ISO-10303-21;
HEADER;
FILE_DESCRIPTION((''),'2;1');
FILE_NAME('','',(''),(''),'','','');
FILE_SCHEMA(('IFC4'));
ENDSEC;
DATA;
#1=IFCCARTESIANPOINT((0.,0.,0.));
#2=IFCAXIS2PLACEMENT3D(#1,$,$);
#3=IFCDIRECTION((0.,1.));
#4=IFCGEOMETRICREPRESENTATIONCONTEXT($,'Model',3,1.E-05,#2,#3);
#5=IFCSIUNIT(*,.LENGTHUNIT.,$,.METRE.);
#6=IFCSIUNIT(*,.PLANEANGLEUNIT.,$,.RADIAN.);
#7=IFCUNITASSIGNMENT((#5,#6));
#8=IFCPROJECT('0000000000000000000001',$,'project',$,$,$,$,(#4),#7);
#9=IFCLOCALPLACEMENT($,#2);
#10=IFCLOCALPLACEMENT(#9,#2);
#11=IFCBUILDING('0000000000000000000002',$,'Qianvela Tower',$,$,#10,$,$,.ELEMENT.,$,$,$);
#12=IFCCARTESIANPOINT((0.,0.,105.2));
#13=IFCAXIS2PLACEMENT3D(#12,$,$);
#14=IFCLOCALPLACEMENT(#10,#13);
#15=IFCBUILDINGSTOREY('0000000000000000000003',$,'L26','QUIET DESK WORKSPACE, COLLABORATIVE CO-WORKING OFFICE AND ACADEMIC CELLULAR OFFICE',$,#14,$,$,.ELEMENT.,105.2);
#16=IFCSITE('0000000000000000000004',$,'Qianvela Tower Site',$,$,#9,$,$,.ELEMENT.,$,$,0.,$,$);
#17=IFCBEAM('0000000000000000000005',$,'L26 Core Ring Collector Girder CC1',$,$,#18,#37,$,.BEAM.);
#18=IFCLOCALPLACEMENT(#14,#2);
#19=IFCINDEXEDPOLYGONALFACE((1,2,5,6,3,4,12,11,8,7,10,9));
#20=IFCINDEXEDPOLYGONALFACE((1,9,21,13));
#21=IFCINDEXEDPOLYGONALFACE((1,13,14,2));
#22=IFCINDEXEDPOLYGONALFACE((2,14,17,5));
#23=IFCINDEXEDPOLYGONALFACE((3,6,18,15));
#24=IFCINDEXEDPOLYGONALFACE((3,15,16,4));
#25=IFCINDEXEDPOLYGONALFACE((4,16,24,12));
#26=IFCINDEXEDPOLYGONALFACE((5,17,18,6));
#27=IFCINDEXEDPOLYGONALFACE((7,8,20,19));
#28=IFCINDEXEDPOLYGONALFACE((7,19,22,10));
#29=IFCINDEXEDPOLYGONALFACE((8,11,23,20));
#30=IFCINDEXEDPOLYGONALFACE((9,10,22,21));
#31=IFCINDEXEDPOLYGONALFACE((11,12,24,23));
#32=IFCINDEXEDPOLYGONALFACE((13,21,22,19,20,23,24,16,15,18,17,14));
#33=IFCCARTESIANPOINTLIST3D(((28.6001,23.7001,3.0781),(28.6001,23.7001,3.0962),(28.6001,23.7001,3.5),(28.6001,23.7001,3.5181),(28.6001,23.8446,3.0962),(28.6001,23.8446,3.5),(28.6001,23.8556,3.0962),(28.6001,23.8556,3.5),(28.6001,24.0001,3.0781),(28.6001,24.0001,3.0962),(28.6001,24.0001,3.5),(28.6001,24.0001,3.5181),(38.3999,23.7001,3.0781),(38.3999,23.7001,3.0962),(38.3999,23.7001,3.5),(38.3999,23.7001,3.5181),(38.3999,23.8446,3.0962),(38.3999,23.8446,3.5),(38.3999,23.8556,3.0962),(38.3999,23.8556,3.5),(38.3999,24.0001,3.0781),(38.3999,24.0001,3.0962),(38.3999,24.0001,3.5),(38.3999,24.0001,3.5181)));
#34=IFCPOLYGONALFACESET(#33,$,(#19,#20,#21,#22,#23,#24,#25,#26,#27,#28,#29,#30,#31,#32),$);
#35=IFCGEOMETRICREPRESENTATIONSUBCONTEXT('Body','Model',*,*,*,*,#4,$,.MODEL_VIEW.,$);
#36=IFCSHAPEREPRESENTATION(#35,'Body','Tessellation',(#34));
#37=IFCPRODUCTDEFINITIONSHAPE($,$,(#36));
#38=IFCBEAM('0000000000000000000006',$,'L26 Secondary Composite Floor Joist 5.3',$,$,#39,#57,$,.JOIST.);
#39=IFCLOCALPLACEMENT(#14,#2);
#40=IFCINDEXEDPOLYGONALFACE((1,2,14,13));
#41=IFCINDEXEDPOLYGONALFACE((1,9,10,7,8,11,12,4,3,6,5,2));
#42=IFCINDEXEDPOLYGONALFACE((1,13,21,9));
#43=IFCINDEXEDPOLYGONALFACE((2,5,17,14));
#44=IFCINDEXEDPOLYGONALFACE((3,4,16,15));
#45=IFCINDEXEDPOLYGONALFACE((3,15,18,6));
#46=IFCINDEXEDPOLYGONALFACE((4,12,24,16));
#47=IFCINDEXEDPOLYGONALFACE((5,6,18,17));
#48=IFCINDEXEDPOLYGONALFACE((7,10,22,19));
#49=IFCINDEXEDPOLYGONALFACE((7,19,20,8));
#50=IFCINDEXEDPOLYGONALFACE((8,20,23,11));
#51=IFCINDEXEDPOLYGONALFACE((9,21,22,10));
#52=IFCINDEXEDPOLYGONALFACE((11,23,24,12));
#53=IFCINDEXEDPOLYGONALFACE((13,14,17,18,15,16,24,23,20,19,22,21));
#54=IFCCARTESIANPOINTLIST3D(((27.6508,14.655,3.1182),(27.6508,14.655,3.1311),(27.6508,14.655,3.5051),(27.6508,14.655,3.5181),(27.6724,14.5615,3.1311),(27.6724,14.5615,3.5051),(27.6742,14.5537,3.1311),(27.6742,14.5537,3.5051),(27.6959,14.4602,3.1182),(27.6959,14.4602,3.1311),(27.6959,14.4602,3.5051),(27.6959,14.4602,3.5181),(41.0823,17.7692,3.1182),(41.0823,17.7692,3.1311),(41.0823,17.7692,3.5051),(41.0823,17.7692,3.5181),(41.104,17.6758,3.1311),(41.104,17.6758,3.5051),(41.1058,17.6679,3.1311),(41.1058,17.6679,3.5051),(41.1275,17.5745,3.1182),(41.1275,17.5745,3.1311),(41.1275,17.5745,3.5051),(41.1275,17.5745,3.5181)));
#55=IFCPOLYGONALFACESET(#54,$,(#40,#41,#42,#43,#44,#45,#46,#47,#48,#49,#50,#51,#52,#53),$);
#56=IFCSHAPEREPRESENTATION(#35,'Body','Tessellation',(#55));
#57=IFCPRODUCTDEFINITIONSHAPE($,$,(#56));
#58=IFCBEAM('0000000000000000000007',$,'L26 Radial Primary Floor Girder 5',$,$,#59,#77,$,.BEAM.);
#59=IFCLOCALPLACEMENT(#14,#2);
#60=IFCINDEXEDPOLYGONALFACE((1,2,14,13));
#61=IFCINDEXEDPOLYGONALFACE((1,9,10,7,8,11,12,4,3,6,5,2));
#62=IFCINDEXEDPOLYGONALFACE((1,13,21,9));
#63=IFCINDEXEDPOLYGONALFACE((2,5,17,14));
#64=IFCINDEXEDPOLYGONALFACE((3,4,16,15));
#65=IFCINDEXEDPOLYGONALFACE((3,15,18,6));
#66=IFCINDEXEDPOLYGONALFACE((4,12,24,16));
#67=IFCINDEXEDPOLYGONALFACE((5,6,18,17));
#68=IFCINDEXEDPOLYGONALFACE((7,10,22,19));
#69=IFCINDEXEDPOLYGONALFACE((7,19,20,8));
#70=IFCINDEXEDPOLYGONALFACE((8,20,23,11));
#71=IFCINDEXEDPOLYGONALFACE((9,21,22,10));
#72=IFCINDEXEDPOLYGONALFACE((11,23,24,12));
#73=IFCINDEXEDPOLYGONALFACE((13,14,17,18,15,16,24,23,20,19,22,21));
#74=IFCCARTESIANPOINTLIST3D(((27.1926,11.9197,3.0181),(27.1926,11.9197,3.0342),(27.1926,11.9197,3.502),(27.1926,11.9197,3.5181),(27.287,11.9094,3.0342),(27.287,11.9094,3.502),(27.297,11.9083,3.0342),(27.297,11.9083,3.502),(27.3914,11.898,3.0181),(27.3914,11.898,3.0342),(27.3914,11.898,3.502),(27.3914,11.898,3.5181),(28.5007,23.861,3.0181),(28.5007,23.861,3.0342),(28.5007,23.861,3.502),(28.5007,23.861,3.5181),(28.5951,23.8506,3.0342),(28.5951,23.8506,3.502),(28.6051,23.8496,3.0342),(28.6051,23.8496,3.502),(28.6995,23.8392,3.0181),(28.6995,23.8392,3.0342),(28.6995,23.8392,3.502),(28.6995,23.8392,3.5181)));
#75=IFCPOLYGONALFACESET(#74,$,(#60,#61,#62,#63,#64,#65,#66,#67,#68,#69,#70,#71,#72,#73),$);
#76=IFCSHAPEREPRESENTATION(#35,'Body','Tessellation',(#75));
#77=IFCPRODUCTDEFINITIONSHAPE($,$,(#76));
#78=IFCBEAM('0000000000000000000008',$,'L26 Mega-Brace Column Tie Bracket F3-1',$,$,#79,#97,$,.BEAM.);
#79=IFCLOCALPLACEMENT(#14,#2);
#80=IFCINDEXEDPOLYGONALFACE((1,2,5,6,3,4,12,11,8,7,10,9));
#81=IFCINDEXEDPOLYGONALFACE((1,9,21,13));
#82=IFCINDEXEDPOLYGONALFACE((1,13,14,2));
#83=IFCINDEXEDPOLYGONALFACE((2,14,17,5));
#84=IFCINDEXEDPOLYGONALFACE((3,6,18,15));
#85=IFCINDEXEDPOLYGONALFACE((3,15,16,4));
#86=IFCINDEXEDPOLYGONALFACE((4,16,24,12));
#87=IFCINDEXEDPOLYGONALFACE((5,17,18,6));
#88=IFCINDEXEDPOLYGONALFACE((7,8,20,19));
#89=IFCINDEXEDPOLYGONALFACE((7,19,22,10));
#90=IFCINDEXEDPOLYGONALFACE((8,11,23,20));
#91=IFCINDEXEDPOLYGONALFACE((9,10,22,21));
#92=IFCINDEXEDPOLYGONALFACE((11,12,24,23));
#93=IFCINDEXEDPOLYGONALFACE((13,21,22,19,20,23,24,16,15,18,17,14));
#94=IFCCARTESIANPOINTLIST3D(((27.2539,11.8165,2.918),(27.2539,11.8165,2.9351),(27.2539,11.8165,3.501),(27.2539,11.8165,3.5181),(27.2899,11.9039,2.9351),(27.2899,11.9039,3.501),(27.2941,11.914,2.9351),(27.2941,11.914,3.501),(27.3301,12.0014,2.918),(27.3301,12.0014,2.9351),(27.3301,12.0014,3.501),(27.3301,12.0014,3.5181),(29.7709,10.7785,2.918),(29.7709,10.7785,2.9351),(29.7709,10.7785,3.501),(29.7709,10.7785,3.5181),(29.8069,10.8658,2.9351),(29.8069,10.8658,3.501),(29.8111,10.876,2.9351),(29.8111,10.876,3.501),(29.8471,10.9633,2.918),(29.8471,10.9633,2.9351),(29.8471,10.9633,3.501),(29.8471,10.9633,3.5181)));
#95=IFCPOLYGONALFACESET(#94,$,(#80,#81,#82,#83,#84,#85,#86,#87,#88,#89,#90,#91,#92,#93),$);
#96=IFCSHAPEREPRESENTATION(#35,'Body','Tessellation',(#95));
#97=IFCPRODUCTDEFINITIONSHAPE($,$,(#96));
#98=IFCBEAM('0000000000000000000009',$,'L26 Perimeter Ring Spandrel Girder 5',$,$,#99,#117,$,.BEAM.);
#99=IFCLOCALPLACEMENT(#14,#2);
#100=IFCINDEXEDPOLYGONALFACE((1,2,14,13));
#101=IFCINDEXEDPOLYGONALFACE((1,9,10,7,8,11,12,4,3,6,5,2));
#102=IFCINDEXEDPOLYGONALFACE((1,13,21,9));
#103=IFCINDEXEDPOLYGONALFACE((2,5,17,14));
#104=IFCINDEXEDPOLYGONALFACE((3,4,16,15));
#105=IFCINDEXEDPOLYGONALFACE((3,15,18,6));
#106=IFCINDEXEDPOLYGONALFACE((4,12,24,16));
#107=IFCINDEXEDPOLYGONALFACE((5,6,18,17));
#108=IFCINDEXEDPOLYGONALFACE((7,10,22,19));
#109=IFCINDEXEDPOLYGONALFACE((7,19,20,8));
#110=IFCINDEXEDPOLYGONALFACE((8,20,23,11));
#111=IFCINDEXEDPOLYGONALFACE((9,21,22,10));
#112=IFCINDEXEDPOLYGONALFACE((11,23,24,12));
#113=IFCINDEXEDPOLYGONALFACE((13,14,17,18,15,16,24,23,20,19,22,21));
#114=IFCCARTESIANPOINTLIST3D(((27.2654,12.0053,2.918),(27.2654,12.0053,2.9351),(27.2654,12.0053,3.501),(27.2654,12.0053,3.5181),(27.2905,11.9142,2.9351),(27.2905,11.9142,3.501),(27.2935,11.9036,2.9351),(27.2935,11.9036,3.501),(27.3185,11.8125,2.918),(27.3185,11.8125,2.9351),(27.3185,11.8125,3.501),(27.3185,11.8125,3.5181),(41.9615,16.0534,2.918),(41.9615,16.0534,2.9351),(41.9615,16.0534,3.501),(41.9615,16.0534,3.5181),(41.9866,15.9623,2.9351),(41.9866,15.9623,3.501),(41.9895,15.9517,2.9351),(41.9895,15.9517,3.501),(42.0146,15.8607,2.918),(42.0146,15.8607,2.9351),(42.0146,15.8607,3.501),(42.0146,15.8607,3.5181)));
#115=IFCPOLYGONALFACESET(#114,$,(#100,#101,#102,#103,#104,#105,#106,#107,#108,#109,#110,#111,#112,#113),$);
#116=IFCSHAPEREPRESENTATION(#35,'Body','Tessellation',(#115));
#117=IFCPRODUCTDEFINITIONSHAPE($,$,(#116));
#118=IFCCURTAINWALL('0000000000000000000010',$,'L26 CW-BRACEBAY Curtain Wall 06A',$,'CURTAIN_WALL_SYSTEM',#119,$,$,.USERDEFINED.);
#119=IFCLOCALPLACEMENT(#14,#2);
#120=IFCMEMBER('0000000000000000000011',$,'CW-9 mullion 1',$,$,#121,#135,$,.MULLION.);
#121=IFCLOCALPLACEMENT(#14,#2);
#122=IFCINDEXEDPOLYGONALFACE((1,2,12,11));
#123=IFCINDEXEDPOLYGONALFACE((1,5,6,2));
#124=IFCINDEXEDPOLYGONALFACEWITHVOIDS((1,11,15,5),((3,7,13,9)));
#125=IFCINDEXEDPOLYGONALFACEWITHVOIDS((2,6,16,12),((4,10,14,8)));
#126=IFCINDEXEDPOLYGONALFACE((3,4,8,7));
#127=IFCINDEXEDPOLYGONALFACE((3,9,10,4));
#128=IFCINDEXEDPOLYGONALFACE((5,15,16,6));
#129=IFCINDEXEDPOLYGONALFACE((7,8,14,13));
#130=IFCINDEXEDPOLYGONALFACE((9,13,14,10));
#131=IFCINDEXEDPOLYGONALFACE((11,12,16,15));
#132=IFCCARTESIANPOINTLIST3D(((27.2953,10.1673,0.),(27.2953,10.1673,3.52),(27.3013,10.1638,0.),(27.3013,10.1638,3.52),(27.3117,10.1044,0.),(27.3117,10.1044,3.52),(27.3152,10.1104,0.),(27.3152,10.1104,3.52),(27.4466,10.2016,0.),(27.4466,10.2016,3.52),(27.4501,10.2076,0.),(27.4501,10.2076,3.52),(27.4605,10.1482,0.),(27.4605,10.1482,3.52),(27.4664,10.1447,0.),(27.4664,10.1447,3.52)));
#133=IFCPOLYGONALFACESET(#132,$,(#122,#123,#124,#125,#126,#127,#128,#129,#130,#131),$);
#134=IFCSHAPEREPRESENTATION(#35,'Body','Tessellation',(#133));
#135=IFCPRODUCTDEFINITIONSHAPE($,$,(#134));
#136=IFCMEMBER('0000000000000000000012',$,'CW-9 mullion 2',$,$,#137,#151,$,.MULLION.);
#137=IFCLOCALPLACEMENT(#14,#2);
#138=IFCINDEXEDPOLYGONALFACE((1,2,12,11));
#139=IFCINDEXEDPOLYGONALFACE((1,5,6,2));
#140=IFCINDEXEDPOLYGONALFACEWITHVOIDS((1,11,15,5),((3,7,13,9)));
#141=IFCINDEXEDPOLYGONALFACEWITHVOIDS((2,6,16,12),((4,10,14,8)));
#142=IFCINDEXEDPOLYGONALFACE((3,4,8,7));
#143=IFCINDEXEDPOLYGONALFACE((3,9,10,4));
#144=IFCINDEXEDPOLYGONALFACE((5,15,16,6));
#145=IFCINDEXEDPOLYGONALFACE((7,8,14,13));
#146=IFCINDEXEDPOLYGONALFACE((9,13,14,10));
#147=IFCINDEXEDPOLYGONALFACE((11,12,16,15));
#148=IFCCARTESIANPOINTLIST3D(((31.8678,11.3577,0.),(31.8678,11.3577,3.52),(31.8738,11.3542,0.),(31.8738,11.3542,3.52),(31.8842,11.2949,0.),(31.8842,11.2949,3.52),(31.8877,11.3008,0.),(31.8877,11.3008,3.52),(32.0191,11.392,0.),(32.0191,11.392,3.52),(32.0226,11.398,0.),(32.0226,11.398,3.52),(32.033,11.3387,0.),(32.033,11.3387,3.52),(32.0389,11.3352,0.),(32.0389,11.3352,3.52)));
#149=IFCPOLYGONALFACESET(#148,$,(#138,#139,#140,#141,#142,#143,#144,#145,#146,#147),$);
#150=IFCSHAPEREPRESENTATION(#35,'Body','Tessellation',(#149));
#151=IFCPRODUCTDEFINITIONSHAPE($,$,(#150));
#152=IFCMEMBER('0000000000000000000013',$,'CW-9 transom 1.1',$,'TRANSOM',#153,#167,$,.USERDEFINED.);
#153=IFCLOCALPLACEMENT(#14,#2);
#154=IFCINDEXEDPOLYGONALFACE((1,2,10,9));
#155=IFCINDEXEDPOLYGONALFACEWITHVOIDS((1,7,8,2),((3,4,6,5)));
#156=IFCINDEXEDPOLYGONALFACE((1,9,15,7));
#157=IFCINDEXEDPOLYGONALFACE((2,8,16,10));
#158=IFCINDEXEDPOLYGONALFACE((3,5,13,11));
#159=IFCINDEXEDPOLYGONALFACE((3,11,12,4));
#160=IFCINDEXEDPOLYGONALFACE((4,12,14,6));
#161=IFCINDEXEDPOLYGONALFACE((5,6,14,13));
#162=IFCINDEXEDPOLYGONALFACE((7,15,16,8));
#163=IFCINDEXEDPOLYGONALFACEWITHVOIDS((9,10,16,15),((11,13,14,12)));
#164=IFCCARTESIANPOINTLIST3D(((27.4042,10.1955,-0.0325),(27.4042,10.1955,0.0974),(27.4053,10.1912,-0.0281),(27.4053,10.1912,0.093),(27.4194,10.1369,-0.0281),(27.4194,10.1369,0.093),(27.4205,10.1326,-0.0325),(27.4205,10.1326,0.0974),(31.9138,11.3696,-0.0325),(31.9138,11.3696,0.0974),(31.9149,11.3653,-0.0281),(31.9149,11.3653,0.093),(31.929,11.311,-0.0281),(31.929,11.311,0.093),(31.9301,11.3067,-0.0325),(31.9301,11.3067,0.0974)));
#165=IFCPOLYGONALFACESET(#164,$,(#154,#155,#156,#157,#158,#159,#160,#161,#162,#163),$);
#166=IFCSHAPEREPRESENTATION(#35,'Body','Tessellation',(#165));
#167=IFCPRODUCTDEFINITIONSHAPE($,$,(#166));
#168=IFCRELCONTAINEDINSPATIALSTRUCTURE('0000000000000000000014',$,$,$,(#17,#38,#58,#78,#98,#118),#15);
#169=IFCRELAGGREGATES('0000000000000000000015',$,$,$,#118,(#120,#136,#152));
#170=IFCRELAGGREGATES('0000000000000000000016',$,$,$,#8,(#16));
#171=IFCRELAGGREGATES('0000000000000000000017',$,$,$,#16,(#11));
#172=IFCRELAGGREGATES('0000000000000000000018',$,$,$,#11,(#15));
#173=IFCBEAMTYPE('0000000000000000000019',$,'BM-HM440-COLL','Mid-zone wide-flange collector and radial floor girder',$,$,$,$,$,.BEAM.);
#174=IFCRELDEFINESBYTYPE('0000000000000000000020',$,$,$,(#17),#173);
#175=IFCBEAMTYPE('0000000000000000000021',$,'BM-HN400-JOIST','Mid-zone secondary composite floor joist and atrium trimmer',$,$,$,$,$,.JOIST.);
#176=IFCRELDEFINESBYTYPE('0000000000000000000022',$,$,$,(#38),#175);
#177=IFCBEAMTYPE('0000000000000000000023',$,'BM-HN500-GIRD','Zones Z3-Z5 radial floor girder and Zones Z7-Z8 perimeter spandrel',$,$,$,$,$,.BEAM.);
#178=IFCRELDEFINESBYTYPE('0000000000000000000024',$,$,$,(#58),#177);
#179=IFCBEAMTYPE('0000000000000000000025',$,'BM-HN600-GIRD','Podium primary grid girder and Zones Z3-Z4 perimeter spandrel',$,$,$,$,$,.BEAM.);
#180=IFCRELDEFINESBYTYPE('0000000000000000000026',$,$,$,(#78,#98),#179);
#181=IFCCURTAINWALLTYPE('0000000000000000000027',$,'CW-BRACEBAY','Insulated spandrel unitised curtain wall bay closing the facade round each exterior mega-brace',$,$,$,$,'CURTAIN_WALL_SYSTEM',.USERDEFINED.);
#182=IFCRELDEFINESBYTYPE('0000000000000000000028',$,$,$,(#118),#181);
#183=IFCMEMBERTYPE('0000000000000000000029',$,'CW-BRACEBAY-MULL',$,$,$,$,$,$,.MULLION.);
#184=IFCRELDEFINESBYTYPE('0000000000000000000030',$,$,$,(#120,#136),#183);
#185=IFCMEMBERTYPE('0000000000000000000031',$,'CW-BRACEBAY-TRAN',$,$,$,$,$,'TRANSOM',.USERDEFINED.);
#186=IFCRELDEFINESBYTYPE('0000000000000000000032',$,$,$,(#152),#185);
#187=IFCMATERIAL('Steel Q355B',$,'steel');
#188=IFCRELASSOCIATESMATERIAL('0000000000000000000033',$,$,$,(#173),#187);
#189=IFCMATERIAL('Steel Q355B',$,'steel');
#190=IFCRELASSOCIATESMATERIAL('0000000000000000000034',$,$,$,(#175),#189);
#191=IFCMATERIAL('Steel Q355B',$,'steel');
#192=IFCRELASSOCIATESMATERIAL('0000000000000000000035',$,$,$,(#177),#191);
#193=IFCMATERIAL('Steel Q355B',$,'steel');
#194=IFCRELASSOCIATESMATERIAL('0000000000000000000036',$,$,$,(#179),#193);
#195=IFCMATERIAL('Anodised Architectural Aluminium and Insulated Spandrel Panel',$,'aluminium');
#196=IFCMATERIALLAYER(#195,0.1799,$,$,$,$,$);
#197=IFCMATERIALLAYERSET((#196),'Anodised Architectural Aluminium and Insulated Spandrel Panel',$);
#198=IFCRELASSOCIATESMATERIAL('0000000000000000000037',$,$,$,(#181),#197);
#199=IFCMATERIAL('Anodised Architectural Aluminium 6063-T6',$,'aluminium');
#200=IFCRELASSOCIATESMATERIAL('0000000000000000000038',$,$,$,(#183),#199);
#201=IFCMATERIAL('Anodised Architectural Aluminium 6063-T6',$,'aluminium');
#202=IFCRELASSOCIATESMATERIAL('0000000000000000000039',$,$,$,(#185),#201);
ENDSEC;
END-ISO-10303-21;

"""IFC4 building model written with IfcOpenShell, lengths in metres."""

from ifc_helpers import new_model, si_unit, direction, frame, origin, origin_2d, place, context, subcontext, project, spatial, hollow_rectangle, i_section, extrude, material, layer, layer_set, material_profile, profile_set, type_object, element, aggregate, save


model = new_model("IFC4")

# Units and contexts
model_context = context("Model", 3, precision=1e-05, world=origin(), true_north=direction((0.0, 1.0)))
body_context = subcontext(model_context, "Body", "Model", "MODEL_VIEW")
ifc_project = project(units=[si_unit("LENGTHUNIT", "METRE"), si_unit("PLANEANGLEUNIT", "RADIAN")], contexts=[model_context])

# Site, building, storey
site_placement = place(None, origin())
site = spatial("IfcSite", under=ifc_project, at=site_placement, Name="Qianvela Tower Site", CompositionType="ELEMENT", RefElevation=0.0)
building_placement = place(site_placement, origin())
building = spatial("IfcBuilding", under=site, at=building_placement, Name="Qianvela Tower", CompositionType="ELEMENT")
storey_placement = place(building_placement, frame((0.0, 0.0, 105.2)))
storey = spatial("IfcBuildingStorey", under=building, at=storey_placement, Name="L26", Description="QUIET DESK WORKSPACE, COLLABORATIVE CO-WORKING OFFICE AND ACADEMIC CELLULAR OFFICE", CompositionType="ELEMENT", Elevation=105.2)

# Beams
ifc_material_1 = material(Name="Steel Q355B", Category="steel")
ifc_material_profile_1 = material_profile(ifc_material_1, i_section(OverallWidth=0.3, OverallDepth=0.4399, WebThickness=0.011, FlangeThickness=0.0181, at=origin_2d()), Name="HM440x300x11x18")
ifc_profile_set_1 = profile_set([ifc_material_profile_1], Name="Steel Q355B")
beam_type_1 = type_object("IfcBeamType", Name="BM-HM440-COLL", Description="Mid-zone wide-flange collector and radial floor girder", PredefinedType="BEAM", material=ifc_profile_set_1)
beam_1_placement = place(storey_placement, frame((28.6001, 23.8501, 3.2981), z_axis=(1.0, 0.0, 0.0), x_axis=(0.0, 1.0, 0.0)))
element("IfcBeam", 1, at=beam_1_placement, inside=storey, type_object=beam_type_1, Name="L26 Core Ring Collector Girder CC1", PredefinedType="BEAM", context=body_context, shape_type="SweptSolid", body=[
    extrude(i_section(OverallWidth=0.3, OverallDepth=0.4399, WebThickness=0.011, FlangeThickness=0.0181, at=origin_2d()), origin(), (0.0, 0.0, 1.0), 9.7998),
])
ifc_material_2 = material(Name="Steel Q355B", Category="steel")
ifc_material_profile_2 = material_profile(ifc_material_2, i_section(OverallWidth=0.2, OverallDepth=0.3999, WebThickness=0.0081, FlangeThickness=0.0129, at=origin_2d()), Name="HN400x200x8x13")
ifc_profile_set_2 = profile_set([ifc_material_profile_2], Name="Steel Q355B")
beam_type_2 = type_object("IfcBeamType", Name="BM-HN400-JOIST", Description="Mid-zone secondary composite floor joist and atrium trimmer", PredefinedType="JOIST", material=ifc_profile_set_2)
beam_2_placement = place(storey_placement, frame((27.6733, 14.5576, 3.3181), z_axis=(0.974158, 0.225868, 0.0), x_axis=(-0.225868, 0.974158, 0.0)))
element("IfcBeam", 2, at=beam_2_placement, inside=storey, type_object=beam_type_2, Name="L26 Secondary Composite Floor Joist 5.3", PredefinedType="JOIST", context=body_context, shape_type="SweptSolid", body=[
    extrude(i_section(OverallWidth=0.2, OverallDepth=0.3999, WebThickness=0.0081, FlangeThickness=0.0129, at=origin_2d()), origin(), (0.0, 0.0, 1.0), 13.7878),
])
ifc_material_3 = material(Name="Steel Q355B", Category="steel")
ifc_material_profile_3 = material_profile(ifc_material_3, i_section(OverallWidth=0.2, OverallDepth=0.5, WebThickness=0.01, FlangeThickness=0.0161, at=origin_2d()), Name="HN500x200x10x16")
ifc_profile_set_3 = profile_set([ifc_material_profile_3], Name="Steel Q355B")
beam_type_3 = type_object("IfcBeamType", Name="BM-HN500-GIRD", Description="Zones Z3-Z5 radial floor girder and Zones Z7-Z8 perimeter spandrel", PredefinedType="BEAM", material=ifc_profile_set_3)
beam_3_placement = place(storey_placement, frame((28.6001, 23.8501, 3.2681), z_axis=(-0.108894, -0.994053, 0.0), x_axis=(0.994053, -0.108894, 0.0)))
element("IfcBeam", 3, at=beam_3_placement, inside=storey, type_object=beam_type_3, Name="L26 Radial Primary Floor Girder 5", PredefinedType="BEAM", context=body_context, shape_type="SweptSolid", body=[
    extrude(i_section(OverallWidth=0.2, OverallDepth=0.5, WebThickness=0.01, FlangeThickness=0.0161, at=origin_2d()), origin(), (0.0, 0.0, 1.0), 12.0127),
])
ifc_material_4 = material(Name="Steel Q355B", Category="steel")
ifc_material_profile_4 = material_profile(ifc_material_4, i_section(OverallWidth=0.2, OverallDepth=0.6001, WebThickness=0.011, FlangeThickness=0.0171, at=origin_2d()), Name="HN600x200x11x17")
ifc_profile_set_4 = profile_set([ifc_material_profile_4], Name="Steel Q355B")
beam_type_4 = type_object("IfcBeamType", Name="BM-HN600-GIRD", Description="Podium primary grid girder and Zones Z3-Z4 perimeter spandrel", PredefinedType="BEAM", material=ifc_profile_set_4)
beam_4_placement = place(storey_placement, frame((27.292, 11.9089, 3.218), z_axis=(0.924466, -0.381264, 0.0), x_axis=(0.381264, 0.924466, 0.0)))
element("IfcBeam", 4, at=beam_4_placement, inside=storey, type_object=beam_type_4, Name="L26 Mega-Brace Column Tie Bracket F3-1", PredefinedType="BEAM", context=body_context, shape_type="SweptSolid", body=[
    extrude(i_section(OverallWidth=0.2, OverallDepth=0.6001, WebThickness=0.011, FlangeThickness=0.0171, at=origin_2d()), origin(), (0.0, 0.0, 1.0), 2.7227),
])
beam_5_placement = place(storey_placement, frame((27.292, 11.9089, 3.218), z_axis=(0.964093, 0.265564, 0.0), x_axis=(-0.265564, 0.964093, 0.0)))
element("IfcBeam", 5, at=beam_5_placement, inside=storey, type_object=beam_type_4, Name="L26 Perimeter Ring Spandrel Girder 5", PredefinedType="BEAM", context=body_context, shape_type="SweptSolid", body=[
    extrude(i_section(OverallWidth=0.2, OverallDepth=0.6001, WebThickness=0.011, FlangeThickness=0.0171, at=origin_2d()), origin(), (0.0, 0.0, 1.0), 15.2434),
])

# Curtain wall, members
ifc_material_5 = material(Name="Anodised Architectural Aluminium and Insulated Spandrel Panel", Category="aluminium")
ifc_layer_1 = layer(ifc_material_5, 0.1799)
ifc_layer_set_1 = layer_set([ifc_layer_1], Name="Anodised Architectural Aluminium and Insulated Spandrel Panel")
curtain_wall_type = type_object("IfcCurtainWallType", Name="CW-BRACEBAY", Description="Insulated spandrel unitised curtain wall bay closing the facade round each exterior mega-brace", ElementType="CURTAIN_WALL_SYSTEM", PredefinedType="USERDEFINED", material=ifc_layer_set_1)
curtain_wall_placement = place(storey_placement, origin())
curtain_wall = element("IfcCurtainWall", 6, at=curtain_wall_placement, inside=storey, type_object=curtain_wall_type, Name="L26 CW-BRACEBAY Curtain Wall 06A", ObjectType="CURTAIN_WALL_SYSTEM", PredefinedType="USERDEFINED")
ifc_material_6 = material(Name="Anodised Architectural Aluminium 6063-T6", Category="aluminium")
ifc_material_profile_5 = material_profile(ifc_material_6, hollow_rectangle(XDim=0.0649, YDim=0.1599, WallThickness=0.0049, at=origin_2d()), Name="ALU-MULL-65x160")
ifc_profile_set_5 = profile_set([ifc_material_profile_5], Name="Anodised Architectural Aluminium 6063-T6")
member_type_1 = type_object("IfcMemberType", Name="CW-BRACEBAY-MULL", PredefinedType="MULLION", material=ifc_profile_set_5)
member_1_placement = place(storey_placement, frame((27.3809, 10.156, 0.0), z_axis=(0.0, 0.0, 1.0), x_axis=(-0.251941, 0.967743, 0.0)))
member_1 = element("IfcMember", 7, at=member_1_placement, type_object=member_type_1, Name="CW-9 mullion 1", PredefinedType="MULLION", context=body_context, shape_type="SweptSolid", body=[
    extrude(hollow_rectangle(XDim=0.0649, YDim=0.1599, WallThickness=0.0049, at=origin_2d()), origin(), (0.0, 0.0, 1.0), 3.52),
])
member_2_placement = place(storey_placement, frame((31.9534, 11.3464, 0.0), z_axis=(0.0, 0.0, 1.0), x_axis=(-0.251941, 0.967743, 0.0)))
member_2 = element("IfcMember", 8, at=member_2_placement, type_object=member_type_1, Name="CW-9 mullion 2", PredefinedType="MULLION", context=body_context, shape_type="SweptSolid", body=[
    extrude(hollow_rectangle(XDim=0.0649, YDim=0.1599, WallThickness=0.0049, at=origin_2d()), origin(), (0.0, 0.0, 1.0), 3.52),
])
ifc_material_7 = material(Name="Anodised Architectural Aluminium 6063-T6", Category="aluminium")
ifc_material_profile_6 = material_profile(ifc_material_7, hollow_rectangle(XDim=0.0649, YDim=0.1299, WallThickness=0.0044, at=origin_2d()), Name="ALU-TRAN-65x130")
ifc_profile_set_6 = profile_set([ifc_material_profile_6], Name="Anodised Architectural Aluminium 6063-T6")
member_type_2 = type_object("IfcMemberType", Name="CW-BRACEBAY-TRAN", ElementType="TRANSOM", PredefinedType="USERDEFINED", material=ifc_profile_set_6)
member_3_placement = place(storey_placement, frame((27.4124, 10.1641, 0.0325), z_axis=(0.967739, 0.251955, 0.0), x_axis=(-0.251955, 0.967739, 0.0)))
member_3 = element("IfcMember", 9, at=member_3_placement, type_object=member_type_2, Name="CW-9 transom 1.1", ObjectType="TRANSOM", PredefinedType="USERDEFINED", context=body_context, shape_type="SweptSolid", body=[
    extrude(hollow_rectangle(XDim=0.0649, YDim=0.1299, WallThickness=0.0044, at=origin_2d()), origin(), (0.0, 0.0, 1.0), 4.6599),
])

aggregate(curtain_wall, [member_1, member_2, member_3])

save(model, "model.ifc")
